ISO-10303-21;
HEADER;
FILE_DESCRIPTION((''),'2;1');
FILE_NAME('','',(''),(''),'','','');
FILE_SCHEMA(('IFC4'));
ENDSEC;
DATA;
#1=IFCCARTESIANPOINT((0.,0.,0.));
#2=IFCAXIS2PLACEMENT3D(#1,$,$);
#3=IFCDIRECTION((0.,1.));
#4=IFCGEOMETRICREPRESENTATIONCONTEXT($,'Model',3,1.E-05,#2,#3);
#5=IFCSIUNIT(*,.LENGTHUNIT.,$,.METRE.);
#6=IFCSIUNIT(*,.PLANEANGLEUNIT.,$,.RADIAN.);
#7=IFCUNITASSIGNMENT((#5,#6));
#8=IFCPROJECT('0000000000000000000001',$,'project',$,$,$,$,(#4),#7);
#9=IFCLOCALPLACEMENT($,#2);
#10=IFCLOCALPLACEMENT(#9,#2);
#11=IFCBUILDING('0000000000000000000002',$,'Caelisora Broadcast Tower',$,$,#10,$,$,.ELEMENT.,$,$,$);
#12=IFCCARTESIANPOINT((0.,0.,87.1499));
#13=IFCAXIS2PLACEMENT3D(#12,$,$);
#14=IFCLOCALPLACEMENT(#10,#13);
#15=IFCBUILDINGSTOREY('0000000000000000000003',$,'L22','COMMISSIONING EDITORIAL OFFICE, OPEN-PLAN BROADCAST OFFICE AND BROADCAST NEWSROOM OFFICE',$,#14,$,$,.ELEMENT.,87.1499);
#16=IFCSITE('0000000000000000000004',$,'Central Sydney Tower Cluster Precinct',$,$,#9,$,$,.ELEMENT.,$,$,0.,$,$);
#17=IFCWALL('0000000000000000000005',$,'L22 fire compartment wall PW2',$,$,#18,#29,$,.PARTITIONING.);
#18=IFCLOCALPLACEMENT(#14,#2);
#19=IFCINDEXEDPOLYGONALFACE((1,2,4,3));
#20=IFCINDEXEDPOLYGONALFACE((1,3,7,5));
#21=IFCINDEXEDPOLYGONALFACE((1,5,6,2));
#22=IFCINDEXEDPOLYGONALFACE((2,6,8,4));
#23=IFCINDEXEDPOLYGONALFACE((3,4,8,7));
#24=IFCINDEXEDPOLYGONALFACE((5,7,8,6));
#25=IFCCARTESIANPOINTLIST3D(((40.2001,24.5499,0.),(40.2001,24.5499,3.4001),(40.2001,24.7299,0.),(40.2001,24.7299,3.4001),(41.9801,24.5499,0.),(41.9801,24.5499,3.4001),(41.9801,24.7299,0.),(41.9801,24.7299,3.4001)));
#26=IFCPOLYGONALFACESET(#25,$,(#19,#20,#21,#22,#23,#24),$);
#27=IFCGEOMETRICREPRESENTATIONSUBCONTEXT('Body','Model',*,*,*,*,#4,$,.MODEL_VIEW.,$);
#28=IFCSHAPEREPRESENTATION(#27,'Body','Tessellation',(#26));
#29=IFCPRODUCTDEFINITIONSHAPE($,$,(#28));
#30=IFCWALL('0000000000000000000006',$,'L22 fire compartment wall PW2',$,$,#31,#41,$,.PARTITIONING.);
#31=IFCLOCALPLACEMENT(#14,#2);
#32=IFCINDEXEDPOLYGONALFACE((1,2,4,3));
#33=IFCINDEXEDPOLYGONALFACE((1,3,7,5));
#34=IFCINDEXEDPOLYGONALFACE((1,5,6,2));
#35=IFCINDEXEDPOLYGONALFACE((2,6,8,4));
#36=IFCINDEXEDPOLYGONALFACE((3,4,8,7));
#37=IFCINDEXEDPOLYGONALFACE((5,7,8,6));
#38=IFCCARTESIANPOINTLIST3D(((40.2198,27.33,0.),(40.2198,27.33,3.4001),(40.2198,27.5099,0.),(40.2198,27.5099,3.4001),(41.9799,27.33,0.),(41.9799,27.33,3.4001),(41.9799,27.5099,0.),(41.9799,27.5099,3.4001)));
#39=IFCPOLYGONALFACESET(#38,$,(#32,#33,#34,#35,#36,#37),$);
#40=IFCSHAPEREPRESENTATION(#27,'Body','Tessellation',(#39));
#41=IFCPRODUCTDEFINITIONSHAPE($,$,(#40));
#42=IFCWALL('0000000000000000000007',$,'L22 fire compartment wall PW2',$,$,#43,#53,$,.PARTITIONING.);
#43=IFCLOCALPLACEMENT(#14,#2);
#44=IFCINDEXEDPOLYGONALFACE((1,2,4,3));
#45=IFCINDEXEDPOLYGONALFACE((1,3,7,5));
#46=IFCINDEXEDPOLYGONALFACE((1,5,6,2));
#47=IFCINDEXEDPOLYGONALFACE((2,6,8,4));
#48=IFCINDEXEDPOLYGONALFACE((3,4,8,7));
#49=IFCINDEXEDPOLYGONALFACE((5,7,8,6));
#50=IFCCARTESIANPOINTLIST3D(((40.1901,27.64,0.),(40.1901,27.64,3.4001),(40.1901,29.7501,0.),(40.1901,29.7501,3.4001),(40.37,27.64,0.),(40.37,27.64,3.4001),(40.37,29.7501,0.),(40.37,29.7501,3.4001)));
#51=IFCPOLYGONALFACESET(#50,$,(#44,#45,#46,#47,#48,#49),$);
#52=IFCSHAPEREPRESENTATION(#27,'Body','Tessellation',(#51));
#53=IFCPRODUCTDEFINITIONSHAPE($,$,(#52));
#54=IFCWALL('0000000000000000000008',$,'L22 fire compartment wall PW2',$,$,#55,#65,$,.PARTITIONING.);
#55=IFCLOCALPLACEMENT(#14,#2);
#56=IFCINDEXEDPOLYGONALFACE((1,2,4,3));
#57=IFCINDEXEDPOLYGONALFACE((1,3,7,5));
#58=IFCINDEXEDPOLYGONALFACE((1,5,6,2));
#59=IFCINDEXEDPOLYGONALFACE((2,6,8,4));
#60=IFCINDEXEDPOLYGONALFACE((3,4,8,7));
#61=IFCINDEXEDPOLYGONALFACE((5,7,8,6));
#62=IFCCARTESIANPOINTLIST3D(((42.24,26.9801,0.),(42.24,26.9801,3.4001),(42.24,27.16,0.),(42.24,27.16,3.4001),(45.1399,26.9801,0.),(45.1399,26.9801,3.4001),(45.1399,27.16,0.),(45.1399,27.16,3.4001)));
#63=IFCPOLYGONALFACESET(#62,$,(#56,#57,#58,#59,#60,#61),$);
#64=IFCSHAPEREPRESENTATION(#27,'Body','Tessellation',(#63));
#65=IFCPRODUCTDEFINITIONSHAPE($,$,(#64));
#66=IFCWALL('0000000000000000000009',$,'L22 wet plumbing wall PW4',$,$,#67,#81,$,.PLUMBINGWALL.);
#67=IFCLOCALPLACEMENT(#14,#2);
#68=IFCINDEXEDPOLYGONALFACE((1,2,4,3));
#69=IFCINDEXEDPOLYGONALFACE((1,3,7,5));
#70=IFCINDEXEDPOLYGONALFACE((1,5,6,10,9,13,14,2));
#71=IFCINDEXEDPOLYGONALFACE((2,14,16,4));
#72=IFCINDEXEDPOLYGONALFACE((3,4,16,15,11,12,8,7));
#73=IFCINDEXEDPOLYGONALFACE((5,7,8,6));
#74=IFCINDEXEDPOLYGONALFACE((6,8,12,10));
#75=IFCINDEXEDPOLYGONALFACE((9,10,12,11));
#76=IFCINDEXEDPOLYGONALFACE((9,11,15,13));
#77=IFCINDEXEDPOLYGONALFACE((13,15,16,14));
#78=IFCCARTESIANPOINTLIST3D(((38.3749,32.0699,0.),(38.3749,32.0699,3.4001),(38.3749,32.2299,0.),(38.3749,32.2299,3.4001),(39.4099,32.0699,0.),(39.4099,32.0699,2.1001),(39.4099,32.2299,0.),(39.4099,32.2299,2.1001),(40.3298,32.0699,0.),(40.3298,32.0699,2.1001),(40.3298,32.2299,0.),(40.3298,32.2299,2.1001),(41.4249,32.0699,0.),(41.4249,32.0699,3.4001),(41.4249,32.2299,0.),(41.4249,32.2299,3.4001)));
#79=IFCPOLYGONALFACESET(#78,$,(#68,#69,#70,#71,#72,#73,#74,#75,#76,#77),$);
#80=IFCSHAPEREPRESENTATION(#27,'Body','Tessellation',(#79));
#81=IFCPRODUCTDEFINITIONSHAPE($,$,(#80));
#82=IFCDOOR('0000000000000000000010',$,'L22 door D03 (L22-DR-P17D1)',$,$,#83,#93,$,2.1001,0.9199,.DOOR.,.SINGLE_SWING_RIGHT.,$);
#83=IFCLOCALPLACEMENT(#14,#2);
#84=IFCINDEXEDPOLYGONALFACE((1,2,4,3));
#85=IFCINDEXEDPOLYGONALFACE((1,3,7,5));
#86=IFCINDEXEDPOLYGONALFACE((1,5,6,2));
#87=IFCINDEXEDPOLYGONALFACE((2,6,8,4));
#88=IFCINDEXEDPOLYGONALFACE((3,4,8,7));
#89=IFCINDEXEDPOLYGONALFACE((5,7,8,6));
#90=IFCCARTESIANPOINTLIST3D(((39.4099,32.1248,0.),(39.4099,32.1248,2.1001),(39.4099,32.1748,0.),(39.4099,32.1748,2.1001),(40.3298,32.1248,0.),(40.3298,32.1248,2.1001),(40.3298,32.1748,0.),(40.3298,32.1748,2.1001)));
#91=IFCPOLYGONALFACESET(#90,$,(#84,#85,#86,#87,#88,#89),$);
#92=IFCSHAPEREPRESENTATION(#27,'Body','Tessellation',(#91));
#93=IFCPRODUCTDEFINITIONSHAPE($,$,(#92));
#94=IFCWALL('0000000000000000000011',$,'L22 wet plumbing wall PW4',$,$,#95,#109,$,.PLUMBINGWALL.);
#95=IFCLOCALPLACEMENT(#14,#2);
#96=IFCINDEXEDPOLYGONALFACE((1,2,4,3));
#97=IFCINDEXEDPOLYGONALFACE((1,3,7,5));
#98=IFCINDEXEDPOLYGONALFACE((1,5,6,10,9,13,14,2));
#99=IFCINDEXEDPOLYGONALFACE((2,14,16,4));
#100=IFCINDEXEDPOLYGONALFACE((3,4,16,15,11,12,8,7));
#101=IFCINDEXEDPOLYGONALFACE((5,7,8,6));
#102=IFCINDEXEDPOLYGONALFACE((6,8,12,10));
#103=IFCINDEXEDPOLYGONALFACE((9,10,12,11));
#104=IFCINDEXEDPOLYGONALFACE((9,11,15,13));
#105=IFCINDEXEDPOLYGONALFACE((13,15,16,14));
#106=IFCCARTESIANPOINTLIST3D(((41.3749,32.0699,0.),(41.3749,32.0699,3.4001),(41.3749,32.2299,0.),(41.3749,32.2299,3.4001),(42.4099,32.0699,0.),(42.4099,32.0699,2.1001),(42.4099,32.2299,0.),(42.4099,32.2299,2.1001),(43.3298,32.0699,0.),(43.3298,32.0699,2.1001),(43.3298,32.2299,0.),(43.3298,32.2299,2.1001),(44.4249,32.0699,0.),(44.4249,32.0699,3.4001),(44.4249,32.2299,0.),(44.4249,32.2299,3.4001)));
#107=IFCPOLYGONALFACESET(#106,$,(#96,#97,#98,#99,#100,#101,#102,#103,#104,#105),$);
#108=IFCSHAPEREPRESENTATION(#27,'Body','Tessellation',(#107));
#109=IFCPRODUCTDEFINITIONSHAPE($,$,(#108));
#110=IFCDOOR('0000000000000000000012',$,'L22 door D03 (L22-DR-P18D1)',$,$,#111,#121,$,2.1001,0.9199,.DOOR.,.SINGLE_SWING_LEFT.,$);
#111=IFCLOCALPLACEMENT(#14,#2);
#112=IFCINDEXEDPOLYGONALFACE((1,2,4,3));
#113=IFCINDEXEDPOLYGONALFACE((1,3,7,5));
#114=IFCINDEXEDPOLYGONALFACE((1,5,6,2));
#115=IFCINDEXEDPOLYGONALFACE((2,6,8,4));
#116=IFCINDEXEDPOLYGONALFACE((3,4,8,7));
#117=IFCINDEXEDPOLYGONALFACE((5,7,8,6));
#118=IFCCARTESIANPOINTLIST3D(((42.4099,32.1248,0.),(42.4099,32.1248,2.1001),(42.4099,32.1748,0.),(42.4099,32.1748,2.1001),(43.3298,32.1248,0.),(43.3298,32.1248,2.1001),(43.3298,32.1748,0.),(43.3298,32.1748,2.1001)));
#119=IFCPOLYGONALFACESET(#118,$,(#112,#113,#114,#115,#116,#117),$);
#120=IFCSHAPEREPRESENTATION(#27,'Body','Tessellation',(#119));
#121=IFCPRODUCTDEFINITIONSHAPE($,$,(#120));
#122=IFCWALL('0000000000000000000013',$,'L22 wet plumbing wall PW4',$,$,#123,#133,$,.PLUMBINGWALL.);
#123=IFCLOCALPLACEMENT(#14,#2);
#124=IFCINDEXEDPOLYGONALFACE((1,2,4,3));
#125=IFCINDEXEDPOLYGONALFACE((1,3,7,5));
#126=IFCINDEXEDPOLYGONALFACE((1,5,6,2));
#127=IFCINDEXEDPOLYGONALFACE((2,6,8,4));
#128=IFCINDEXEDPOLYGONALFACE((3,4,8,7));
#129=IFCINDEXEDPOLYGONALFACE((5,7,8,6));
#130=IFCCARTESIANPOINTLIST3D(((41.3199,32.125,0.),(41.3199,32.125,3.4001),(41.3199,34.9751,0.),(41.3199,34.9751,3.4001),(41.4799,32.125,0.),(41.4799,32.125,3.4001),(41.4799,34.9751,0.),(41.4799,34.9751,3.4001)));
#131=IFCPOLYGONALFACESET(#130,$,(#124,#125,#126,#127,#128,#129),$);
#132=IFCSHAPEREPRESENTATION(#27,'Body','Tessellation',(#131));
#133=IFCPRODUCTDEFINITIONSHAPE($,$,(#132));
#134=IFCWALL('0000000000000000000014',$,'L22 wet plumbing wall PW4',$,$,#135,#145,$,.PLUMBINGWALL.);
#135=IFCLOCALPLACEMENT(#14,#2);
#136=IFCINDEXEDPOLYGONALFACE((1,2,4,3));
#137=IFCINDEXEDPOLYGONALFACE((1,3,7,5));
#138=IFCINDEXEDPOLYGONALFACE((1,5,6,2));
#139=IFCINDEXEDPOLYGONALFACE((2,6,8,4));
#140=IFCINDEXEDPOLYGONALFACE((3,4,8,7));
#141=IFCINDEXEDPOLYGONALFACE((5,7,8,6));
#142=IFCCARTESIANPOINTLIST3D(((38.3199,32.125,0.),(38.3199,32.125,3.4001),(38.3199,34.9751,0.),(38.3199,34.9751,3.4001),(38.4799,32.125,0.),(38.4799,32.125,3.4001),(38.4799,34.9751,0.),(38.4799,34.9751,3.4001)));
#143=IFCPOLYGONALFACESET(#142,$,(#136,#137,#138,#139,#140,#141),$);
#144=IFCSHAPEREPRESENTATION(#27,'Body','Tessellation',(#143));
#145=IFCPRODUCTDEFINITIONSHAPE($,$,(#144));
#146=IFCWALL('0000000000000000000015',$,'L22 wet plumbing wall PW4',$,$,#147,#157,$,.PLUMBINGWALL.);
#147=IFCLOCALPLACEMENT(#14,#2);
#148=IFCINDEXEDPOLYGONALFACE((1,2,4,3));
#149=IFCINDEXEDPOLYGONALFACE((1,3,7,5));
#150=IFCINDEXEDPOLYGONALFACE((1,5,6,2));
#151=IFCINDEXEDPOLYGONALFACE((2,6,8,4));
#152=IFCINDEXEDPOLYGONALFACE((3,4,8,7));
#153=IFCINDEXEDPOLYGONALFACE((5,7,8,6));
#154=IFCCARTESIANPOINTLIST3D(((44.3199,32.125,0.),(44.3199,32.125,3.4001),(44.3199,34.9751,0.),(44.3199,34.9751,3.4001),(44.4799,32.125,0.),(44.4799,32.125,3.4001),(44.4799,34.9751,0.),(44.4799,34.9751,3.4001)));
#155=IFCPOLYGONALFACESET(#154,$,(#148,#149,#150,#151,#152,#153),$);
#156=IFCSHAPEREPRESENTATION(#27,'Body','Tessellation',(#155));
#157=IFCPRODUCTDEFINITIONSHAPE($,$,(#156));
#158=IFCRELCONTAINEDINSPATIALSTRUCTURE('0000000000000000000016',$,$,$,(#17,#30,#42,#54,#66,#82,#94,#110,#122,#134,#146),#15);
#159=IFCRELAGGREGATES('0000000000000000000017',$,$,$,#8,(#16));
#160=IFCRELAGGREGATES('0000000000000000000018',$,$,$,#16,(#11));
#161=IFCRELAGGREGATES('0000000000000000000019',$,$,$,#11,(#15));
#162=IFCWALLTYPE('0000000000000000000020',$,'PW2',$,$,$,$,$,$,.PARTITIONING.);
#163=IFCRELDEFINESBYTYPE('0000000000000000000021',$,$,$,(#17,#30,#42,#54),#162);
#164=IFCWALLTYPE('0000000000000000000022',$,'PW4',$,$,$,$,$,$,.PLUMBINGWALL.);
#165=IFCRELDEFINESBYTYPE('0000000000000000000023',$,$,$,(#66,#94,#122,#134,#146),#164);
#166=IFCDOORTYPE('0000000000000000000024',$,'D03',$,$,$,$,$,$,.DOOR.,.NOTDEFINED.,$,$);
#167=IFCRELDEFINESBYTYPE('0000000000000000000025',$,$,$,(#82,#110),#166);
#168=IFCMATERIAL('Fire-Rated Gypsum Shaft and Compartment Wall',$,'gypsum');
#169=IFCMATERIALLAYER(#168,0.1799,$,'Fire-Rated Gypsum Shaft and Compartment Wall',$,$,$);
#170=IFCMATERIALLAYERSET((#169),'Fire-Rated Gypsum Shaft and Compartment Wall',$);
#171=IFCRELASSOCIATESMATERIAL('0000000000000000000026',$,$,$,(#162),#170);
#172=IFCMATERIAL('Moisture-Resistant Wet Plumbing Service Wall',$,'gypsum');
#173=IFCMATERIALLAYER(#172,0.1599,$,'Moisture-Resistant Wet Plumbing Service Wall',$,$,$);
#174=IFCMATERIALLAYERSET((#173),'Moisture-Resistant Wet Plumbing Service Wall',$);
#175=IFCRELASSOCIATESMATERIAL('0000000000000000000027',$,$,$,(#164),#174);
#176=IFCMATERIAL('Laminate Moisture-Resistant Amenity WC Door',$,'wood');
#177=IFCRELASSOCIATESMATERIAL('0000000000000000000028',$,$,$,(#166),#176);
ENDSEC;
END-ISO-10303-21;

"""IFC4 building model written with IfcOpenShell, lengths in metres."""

from ifc_helpers import new_model, si_unit, direction, frame, frame_2d, origin, place, context, subcontext, project, spatial, rectangle, extrude, material, layer, layer_set, type_object, element, fill, save


model = new_model("IFC4")

# Units and contexts
model_context = context("Model", 3, precision=1e-05, world=origin(), true_north=direction((0.0, 1.0)))
body_context = subcontext(model_context, "Body", "Model", "MODEL_VIEW")
ifc_project = project(units=[si_unit("LENGTHUNIT", "METRE"), si_unit("PLANEANGLEUNIT", "RADIAN")], contexts=[model_context])

# Site, building, storey
site_placement = place(None, origin())
site = spatial("IfcSite", under=ifc_project, at=site_placement, Name="Central Sydney Tower Cluster Precinct", CompositionType="ELEMENT", RefElevation=0.0)
building_placement = place(site_placement, origin())
building = spatial("IfcBuilding", under=site, at=building_placement, Name="Caelisora Broadcast Tower", CompositionType="ELEMENT")
storey_placement = place(building_placement, frame((0.0, 0.0, 87.1499)))
storey = spatial("IfcBuildingStorey", under=building, at=storey_placement, Name="L22", Description="COMMISSIONING EDITORIAL OFFICE, OPEN-PLAN BROADCAST OFFICE AND BROADCAST NEWSROOM OFFICE", CompositionType="ELEMENT", Elevation=87.1499)

# Walls
ifc_material_1 = material(Name="Fire-Rated Gypsum Shaft and Compartment Wall", Category="gypsum")
ifc_layer_1 = layer(ifc_material_1, 0.1799, Name="Fire-Rated Gypsum Shaft and Compartment Wall")
ifc_layer_set_1 = layer_set([ifc_layer_1], Name="Fire-Rated Gypsum Shaft and Compartment Wall")
wall_type_1 = type_object("IfcWallType", Name="PW2", PredefinedType="PARTITIONING", material=ifc_layer_set_1)
wall_1_placement = place(storey_placement, frame((40.2, 24.6399, 0.0), z_axis=(0.0, 0.0, 1.0), x_axis=(1.0, 0.0, 0.0)))
element("IfcWall", 1, at=wall_1_placement, inside=storey, type_object=wall_type_1, Name="L22 fire compartment wall PW2", PredefinedType="PARTITIONING", context=body_context, shape_type="SweptSolid", body=[
    extrude(rectangle(XDim=1.78, YDim=0.1799, at=frame_2d((0.8901, 0.0))), origin(), (0.0, 0.0, 1.0), 3.4001),
])
wall_2_placement = place(storey_placement, frame((40.22, 27.4199, 0.0), z_axis=(0.0, 0.0, 1.0), x_axis=(1.0, 0.0, 0.0)))
element("IfcWall", 2, at=wall_2_placement, inside=storey, type_object=wall_type_1, Name="L22 fire compartment wall PW2", PredefinedType="PARTITIONING", context=body_context, shape_type="SweptSolid", body=[
    extrude(rectangle(XDim=1.76, YDim=0.1799, at=frame_2d((0.8799, 0.0))), origin(), (0.0, 0.0, 1.0), 3.4001),
])
wall_3_placement = place(storey_placement, frame((40.28, 27.6399, 0.0), z_axis=(0.0, 0.0, 1.0), x_axis=(0.0, 1.0, 0.0)))
element("IfcWall", 3, at=wall_3_placement, inside=storey, type_object=wall_type_1, Name="L22 fire compartment wall PW2", PredefinedType="PARTITIONING", context=body_context, shape_type="SweptSolid", body=[
    extrude(rectangle(XDim=2.1101, YDim=0.1799, at=frame_2d((1.0552, 0.0))), origin(), (0.0, 0.0, 1.0), 3.4001),
])
wall_4_placement = place(storey_placement, frame((42.24, 27.0701, 0.0), z_axis=(0.0, 0.0, 1.0), x_axis=(1.0, 0.0, 0.0)))
element("IfcWall", 4, at=wall_4_placement, inside=storey, type_object=wall_type_1, Name="L22 fire compartment wall PW2", PredefinedType="PARTITIONING", context=body_context, shape_type="SweptSolid", body=[
    extrude(rectangle(XDim=2.8999, YDim=0.1799, at=frame_2d((1.45, 0.0))), origin(), (0.0, 0.0, 1.0), 3.4001),
])

# Walls, openings, doors
ifc_material_2 = material(Name="Moisture-Resistant Wet Plumbing Service Wall", Category="gypsum")
ifc_layer_2 = layer(ifc_material_2, 0.1599, Name="Moisture-Resistant Wet Plumbing Service Wall")
ifc_layer_set_2 = layer_set([ifc_layer_2], Name="Moisture-Resistant Wet Plumbing Service Wall")
wall_type_2 = type_object("IfcWallType", Name="PW4", PredefinedType="PLUMBINGWALL", material=ifc_layer_set_2)
wall_5_placement = place(storey_placement, frame((38.375, 32.1499, 0.0), z_axis=(0.0, 0.0, 1.0), x_axis=(1.0, 0.0, 0.0)))
wall_5 = element("IfcWall", 5, at=wall_5_placement, inside=storey, type_object=wall_type_2, Name="L22 wet plumbing wall PW4", PredefinedType="PLUMBINGWALL", context=body_context, shape_type="SweptSolid", body=[
    extrude(rectangle(XDim=3.05, YDim=0.1599, at=frame_2d((1.5249, 0.0))), origin(), (0.0, 0.0, 1.0), 3.4001),
])
opening_1_placement = place(wall_5_placement, frame((1.0349, 0.0, 0.0)))
opening_1 = element("IfcOpeningElement", 6, at=opening_1_placement, cuts=wall_5, PredefinedType="OPENING", context=body_context, shape_type="SweptSolid", body=[
    extrude(rectangle(XDim=0.9199, YDim=2.1001, at=frame_2d((0.46, 1.05))), frame((0.0, 0.092, 0.0), z_axis=(0.0, -1.0, 0.0), x_axis=(1.0, 0.0, 0.0)), (0.0, 0.0, 1.0), 0.1838),
])
ifc_material_3 = material(Name="Laminate Moisture-Resistant Amenity WC Door", Category="wood")
door_type_1 = type_object("IfcDoorType", Name="D03", OperationType="NOTDEFINED", PredefinedType="DOOR", material=ifc_material_3)
door_1_placement = place(opening_1_placement, origin())
door_1 = element("IfcDoor", 7, at=door_1_placement, inside=storey, type_object=door_type_1, Name="L22 door D03 (L22-DR-P17D1)", OperationType="SINGLE_SWING_RIGHT", OverallHeight=2.1001, OverallWidth=0.9199, PredefinedType="DOOR", context=body_context, shape_type="SweptSolid", body=[
    extrude(rectangle(XDim=0.9199, YDim=2.1001, at=frame_2d((0.46, 1.05))), frame((0.0, 0.0249, 0.0), z_axis=(0.0, -1.0, 0.0), x_axis=(1.0, 0.0, 0.0)), (0.0, 0.0, 1.0), 0.05),
])
fill(opening_1, door_1)
wall_6_placement = place(storey_placement, frame((41.375, 32.1499, 0.0), z_axis=(0.0, 0.0, 1.0), x_axis=(1.0, 0.0, 0.0)))
wall_6 = element("IfcWall", 8, at=wall_6_placement, inside=storey, type_object=wall_type_2, Name="L22 wet plumbing wall PW4", PredefinedType="PLUMBINGWALL", context=body_context, shape_type="SweptSolid", body=[
    extrude(rectangle(XDim=3.05, YDim=0.1599, at=frame_2d((1.5249, 0.0))), origin(), (0.0, 0.0, 1.0), 3.4001),
])
opening_2_placement = place(wall_6_placement, frame((1.0349, 0.0, 0.0)))
opening_2 = element("IfcOpeningElement", 9, at=opening_2_placement, cuts=wall_6, PredefinedType="OPENING", context=body_context, shape_type="SweptSolid", body=[
    extrude(rectangle(XDim=0.9199, YDim=2.1001, at=frame_2d((0.46, 1.05))), frame((0.0, 0.092, 0.0), z_axis=(0.0, -1.0, 0.0), x_axis=(1.0, 0.0, 0.0)), (0.0, 0.0, 1.0), 0.1838),
])
door_2_placement = place(opening_2_placement, origin())
door_2 = element("IfcDoor", 10, at=door_2_placement, inside=storey, type_object=door_type_1, Name="L22 door D03 (L22-DR-P18D1)", OperationType="SINGLE_SWING_LEFT", OverallHeight=2.1001, OverallWidth=0.9199, PredefinedType="DOOR", context=body_context, shape_type="SweptSolid", body=[
    extrude(rectangle(XDim=0.9199, YDim=2.1001, at=frame_2d((0.46, 1.05))), frame((0.0, 0.0249, 0.0), z_axis=(0.0, -1.0, 0.0), x_axis=(1.0, 0.0, 0.0)), (0.0, 0.0, 1.0), 0.05),
])
fill(opening_2, door_2)

# Walls
for number, where, z_axis, x_axis, name in (
    (11, (41.3999, 32.125, 0.0), (0.0, 0.0, 1.0), (0.0, 1.0, 0.0), "L22 wet plumbing wall PW4"),
    (12, (38.3999, 32.125, 0.0), (0.0, 0.0, 1.0), (0.0, 1.0, 0.0), "L22 wet plumbing wall PW4"),
    (13, (44.3999, 32.125, 0.0), (0.0, 0.0, 1.0), (0.0, 1.0, 0.0), "L22 wet plumbing wall PW4"),
):
    element("IfcWall", number, at=place(storey_placement, frame(where, z_axis=z_axis, x_axis=x_axis)), inside=storey, type_object=wall_type_2, Name=name, PredefinedType="PLUMBINGWALL", context=body_context, shape_type="SweptSolid", body=[
        extrude(rectangle(XDim=2.8501, YDim=0.1599, at=frame_2d((1.425, 0.0))), origin(), (0.0, 0.0, 1.0), 3.4001),
    ])

save(model, "model.ifc")
